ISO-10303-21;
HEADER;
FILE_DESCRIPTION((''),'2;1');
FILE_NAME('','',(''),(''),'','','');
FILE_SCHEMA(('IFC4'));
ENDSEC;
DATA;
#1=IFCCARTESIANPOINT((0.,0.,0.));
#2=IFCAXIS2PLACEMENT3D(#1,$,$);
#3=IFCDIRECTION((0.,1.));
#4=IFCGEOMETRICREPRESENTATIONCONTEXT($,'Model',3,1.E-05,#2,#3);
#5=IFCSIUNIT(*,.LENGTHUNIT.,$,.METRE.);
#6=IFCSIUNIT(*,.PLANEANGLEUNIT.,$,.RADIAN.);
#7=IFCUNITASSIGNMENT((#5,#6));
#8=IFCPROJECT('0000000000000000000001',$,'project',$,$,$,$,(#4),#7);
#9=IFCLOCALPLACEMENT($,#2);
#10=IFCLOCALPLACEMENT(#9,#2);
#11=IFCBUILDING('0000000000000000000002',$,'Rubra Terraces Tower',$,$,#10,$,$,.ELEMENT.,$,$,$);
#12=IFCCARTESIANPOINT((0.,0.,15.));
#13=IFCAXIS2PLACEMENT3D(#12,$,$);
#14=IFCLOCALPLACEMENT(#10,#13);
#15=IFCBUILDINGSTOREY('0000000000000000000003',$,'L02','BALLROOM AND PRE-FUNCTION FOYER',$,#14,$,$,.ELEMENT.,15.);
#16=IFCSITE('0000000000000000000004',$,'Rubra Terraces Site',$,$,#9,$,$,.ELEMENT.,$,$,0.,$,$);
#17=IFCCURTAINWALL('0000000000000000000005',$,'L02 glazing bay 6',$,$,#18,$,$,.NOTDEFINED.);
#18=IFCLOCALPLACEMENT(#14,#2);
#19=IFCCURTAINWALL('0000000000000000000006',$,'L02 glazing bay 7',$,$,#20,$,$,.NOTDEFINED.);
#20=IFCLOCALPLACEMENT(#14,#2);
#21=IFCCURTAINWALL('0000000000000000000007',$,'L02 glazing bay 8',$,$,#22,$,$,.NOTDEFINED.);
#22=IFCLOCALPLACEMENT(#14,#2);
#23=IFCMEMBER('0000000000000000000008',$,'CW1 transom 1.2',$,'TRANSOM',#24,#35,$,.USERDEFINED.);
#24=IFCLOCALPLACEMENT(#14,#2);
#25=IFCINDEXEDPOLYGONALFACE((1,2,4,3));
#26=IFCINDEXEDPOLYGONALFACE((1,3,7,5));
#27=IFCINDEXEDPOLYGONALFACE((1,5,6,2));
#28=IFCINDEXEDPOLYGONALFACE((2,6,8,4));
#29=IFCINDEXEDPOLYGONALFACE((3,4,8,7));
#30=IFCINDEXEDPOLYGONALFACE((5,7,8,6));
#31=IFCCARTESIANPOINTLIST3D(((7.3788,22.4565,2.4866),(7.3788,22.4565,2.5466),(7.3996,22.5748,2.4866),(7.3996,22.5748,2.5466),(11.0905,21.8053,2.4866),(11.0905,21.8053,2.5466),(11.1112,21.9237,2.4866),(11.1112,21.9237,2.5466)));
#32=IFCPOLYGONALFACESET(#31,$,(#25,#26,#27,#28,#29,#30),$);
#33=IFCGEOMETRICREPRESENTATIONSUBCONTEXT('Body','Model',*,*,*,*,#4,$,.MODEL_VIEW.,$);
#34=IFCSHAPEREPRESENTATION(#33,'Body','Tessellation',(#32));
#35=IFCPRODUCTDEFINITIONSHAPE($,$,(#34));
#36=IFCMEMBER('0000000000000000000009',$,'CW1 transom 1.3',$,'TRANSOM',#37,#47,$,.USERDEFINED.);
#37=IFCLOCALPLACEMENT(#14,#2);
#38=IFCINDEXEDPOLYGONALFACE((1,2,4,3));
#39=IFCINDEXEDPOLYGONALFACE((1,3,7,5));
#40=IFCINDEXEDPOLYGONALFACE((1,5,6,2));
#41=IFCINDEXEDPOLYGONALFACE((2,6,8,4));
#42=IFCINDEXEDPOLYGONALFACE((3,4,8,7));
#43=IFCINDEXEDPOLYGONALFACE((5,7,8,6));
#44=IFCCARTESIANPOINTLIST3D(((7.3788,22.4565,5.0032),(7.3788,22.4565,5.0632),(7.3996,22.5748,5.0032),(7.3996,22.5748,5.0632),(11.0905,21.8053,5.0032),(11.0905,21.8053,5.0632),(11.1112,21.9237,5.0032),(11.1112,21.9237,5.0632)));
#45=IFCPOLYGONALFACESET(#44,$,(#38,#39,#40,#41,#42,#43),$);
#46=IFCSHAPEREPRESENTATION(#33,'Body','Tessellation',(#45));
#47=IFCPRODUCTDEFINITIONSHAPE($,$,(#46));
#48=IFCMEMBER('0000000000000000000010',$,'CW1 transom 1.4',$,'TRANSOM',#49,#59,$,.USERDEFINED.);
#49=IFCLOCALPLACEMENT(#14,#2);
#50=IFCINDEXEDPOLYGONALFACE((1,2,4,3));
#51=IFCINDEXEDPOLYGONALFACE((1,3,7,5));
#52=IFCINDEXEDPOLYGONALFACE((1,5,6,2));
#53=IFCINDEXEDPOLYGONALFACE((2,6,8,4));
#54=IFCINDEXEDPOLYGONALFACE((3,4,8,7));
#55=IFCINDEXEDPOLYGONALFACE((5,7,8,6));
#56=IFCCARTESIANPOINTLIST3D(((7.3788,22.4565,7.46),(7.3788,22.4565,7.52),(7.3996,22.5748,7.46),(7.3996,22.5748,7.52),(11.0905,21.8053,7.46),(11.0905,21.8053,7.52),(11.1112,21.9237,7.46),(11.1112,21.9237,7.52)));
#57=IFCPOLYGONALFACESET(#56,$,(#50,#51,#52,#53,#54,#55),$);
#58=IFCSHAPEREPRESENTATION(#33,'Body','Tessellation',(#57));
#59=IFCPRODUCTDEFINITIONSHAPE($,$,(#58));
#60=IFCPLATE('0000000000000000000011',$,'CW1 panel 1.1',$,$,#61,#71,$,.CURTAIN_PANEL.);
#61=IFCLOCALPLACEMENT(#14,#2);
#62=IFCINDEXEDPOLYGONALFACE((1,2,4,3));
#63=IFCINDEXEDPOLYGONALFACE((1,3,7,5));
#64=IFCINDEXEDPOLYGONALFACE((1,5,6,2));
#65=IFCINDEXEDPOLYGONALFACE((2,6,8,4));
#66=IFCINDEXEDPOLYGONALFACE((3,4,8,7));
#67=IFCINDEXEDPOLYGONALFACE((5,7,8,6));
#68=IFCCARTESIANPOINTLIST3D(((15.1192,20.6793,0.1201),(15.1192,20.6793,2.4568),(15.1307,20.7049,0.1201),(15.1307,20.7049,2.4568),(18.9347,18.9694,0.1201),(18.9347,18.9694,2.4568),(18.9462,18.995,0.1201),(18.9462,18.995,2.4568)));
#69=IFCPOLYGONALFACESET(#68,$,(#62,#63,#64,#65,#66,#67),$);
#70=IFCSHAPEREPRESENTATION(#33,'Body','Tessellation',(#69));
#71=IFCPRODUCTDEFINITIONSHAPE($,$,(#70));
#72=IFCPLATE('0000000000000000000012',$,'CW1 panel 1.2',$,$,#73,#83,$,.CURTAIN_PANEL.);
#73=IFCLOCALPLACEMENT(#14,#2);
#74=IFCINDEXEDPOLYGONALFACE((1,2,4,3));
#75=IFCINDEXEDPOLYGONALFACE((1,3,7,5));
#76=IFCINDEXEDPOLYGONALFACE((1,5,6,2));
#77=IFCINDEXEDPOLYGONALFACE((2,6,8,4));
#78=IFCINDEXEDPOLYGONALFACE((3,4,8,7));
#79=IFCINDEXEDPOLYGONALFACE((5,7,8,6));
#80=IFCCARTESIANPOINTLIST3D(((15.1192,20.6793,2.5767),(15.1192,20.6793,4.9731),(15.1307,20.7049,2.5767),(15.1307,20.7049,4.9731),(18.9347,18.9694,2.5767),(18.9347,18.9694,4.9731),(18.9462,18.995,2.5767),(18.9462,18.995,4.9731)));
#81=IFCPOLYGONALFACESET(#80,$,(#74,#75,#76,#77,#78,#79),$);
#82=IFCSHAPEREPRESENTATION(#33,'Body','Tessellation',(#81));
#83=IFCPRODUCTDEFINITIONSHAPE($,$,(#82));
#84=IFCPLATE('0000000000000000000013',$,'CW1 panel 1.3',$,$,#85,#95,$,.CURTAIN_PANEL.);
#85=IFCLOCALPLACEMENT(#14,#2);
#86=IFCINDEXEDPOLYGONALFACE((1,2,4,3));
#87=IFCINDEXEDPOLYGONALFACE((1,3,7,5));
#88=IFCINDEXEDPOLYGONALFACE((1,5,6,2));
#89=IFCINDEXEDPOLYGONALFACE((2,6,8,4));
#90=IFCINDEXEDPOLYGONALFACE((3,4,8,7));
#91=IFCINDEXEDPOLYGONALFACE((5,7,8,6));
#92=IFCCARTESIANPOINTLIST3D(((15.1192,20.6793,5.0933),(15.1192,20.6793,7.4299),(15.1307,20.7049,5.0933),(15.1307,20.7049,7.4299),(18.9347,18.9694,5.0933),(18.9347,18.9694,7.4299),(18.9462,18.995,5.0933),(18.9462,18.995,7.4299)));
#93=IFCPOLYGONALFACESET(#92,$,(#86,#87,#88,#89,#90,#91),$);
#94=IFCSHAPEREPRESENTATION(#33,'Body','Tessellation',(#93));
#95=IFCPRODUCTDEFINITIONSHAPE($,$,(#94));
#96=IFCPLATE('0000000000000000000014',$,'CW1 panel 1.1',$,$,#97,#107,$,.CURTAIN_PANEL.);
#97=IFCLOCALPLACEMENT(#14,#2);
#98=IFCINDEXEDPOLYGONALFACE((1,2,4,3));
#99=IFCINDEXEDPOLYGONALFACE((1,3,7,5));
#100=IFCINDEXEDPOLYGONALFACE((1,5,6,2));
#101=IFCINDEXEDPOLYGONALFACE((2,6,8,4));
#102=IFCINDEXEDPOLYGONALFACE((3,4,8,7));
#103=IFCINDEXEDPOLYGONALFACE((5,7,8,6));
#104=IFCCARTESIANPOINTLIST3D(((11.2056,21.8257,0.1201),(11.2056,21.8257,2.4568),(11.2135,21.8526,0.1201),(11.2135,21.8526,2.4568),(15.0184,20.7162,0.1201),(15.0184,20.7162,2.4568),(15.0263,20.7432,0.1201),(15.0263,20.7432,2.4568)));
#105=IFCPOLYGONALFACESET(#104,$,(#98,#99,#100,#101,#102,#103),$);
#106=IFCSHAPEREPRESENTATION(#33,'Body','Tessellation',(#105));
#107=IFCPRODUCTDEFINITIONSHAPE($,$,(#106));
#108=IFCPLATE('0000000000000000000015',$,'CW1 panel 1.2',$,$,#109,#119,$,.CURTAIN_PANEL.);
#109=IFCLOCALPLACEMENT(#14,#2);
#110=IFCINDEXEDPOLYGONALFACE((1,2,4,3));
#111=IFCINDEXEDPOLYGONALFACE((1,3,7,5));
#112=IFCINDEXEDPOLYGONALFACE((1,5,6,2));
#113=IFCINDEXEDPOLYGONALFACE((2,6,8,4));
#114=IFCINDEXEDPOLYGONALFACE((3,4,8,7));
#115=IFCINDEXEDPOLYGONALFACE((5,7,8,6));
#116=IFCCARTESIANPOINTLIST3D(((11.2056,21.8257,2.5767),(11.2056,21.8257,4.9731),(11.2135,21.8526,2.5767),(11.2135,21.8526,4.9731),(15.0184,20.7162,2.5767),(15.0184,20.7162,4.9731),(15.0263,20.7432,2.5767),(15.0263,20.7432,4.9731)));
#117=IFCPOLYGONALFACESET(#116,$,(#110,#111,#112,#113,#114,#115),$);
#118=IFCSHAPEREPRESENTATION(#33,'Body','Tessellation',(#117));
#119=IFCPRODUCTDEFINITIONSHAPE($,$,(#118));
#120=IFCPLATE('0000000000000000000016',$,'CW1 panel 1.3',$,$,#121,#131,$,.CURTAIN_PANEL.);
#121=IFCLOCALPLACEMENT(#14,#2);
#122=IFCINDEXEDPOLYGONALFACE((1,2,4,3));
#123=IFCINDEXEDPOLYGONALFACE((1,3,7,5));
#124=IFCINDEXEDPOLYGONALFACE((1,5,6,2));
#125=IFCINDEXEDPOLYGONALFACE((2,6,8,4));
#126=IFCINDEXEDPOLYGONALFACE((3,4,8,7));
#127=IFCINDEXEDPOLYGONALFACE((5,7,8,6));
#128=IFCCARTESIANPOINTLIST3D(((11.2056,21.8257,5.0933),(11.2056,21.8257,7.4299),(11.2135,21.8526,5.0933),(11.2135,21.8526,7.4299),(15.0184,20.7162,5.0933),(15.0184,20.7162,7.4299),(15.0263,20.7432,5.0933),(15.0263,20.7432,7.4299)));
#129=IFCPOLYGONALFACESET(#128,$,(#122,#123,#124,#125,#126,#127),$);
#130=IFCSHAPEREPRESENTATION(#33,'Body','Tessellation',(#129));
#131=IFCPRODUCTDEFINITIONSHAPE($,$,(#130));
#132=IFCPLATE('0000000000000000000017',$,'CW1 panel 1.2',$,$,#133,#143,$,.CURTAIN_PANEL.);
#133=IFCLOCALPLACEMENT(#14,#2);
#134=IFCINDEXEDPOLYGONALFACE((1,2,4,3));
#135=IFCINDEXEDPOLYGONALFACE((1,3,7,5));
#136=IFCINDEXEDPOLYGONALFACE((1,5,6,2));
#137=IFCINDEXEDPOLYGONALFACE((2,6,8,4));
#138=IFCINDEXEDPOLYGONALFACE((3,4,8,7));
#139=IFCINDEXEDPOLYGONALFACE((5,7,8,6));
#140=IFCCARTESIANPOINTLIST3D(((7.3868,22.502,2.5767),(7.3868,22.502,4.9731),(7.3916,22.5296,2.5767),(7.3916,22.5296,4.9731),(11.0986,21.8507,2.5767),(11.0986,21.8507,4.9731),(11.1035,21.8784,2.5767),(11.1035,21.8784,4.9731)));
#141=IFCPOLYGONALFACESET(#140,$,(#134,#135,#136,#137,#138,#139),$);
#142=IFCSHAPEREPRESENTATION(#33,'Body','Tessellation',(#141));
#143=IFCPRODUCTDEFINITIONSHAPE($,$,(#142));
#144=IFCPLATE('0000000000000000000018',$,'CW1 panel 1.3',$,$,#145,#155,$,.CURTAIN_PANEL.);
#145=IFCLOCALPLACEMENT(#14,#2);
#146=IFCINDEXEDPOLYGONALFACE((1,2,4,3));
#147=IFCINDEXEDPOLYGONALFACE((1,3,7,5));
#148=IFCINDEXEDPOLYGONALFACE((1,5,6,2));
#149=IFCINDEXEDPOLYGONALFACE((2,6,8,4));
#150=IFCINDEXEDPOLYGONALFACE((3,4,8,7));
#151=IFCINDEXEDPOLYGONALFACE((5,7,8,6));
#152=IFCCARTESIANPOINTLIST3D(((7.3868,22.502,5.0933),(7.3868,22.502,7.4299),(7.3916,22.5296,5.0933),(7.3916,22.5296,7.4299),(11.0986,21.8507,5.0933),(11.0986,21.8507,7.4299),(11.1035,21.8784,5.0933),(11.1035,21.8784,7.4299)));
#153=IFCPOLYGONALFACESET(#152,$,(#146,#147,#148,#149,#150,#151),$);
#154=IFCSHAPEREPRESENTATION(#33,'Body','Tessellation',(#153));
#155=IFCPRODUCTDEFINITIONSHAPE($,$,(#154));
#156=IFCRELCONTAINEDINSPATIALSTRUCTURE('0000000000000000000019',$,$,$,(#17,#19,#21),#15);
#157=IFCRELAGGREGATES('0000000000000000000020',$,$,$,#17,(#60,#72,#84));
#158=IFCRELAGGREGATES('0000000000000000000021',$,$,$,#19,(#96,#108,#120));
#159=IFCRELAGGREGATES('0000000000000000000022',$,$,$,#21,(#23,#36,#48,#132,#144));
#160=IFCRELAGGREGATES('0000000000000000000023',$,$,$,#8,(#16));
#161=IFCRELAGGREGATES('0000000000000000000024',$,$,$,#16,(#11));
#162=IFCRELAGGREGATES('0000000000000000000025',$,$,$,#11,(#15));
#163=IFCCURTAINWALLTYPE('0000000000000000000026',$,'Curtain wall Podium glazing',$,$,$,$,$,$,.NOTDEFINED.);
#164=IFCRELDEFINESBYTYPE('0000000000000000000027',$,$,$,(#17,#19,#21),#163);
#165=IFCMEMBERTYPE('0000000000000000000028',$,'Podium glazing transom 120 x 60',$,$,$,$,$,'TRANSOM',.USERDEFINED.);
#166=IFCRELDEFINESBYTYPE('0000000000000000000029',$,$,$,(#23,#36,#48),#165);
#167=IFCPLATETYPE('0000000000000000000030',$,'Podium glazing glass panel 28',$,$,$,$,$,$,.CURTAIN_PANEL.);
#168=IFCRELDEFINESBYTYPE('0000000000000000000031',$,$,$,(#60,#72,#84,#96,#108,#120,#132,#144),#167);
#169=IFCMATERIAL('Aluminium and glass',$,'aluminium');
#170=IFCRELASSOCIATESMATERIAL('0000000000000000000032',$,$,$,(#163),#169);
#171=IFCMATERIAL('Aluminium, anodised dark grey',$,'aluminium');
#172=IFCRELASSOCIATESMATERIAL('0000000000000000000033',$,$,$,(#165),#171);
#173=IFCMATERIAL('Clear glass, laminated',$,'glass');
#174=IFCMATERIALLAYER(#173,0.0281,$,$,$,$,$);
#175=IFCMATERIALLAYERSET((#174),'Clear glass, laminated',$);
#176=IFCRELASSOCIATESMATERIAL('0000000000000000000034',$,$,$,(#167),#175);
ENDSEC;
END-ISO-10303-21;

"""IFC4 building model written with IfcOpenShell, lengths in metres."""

from ifc_helpers import new_model, si_unit, direction, frame, origin, origin_2d, place, context, subcontext, project, spatial, rectangle, extrude, material, layer, layer_set, material_profile, profile_set, type_object, element, aggregate, save


model = new_model("IFC4")

# Units and contexts
model_context = context("Model", 3, precision=1e-05, world=origin(), true_north=direction((0.0, 1.0)))
body_context = subcontext(model_context, "Body", "Model", "MODEL_VIEW")
ifc_project = project(units=[si_unit("LENGTHUNIT", "METRE"), si_unit("PLANEANGLEUNIT", "RADIAN")], contexts=[model_context])

# Site, building, storey
site_placement = place(None, origin())
site = spatial("IfcSite", under=ifc_project, at=site_placement, Name="Rubra Terraces Site", CompositionType="ELEMENT", RefElevation=0.0)
building_placement = place(site_placement, origin())
building = spatial("IfcBuilding", under=site, at=building_placement, Name="Rubra Terraces Tower", CompositionType="ELEMENT")
storey_placement = place(building_placement, frame((0.0, 0.0, 15.0)))
storey = spatial("IfcBuildingStorey", under=building, at=storey_placement, Name="L02", Description="BALLROOM AND PRE-FUNCTION FOYER", CompositionType="ELEMENT", Elevation=15.0)

# Curtain walls
ifc_material_1 = material(Name="Aluminium and glass", Category="aluminium")
curtain_wall_type = type_object("IfcCurtainWallType", Name="Curtain wall Podium glazing", PredefinedType="NOTDEFINED", material=ifc_material_1)
curtain_wall_1_placement = place(storey_placement, origin())
curtain_wall_1 = element("IfcCurtainWall", 1, at=curtain_wall_1_placement, inside=storey, type_object=curtain_wall_type, Name="L02 glazing bay 6", PredefinedType="NOTDEFINED")
ifc_material_2 = material(Name="Aluminium, anodised dark grey", Category="aluminium")
curtain_wall_2_placement = place(storey_placement, origin())
curtain_wall_2 = element("IfcCurtainWall", 2, at=curtain_wall_2_placement, inside=storey, type_object=curtain_wall_type, Name="L02 glazing bay 7", PredefinedType="NOTDEFINED")
curtain_wall_3_placement = place(storey_placement, origin())
curtain_wall_3 = element("IfcCurtainWall", 3, at=curtain_wall_3_placement, inside=storey, type_object=curtain_wall_type, Name="L02 glazing bay 8", PredefinedType="NOTDEFINED")

# Members
ifc_material_profile_1 = material_profile(ifc_material_2, rectangle(XDim=0.1201, YDim=0.0601, at=origin_2d()), Name="AL 120x60")
ifc_profile_set_1 = profile_set([ifc_material_profile_1], Name="Aluminium, anodised dark grey")
member_type_1 = type_object("IfcMemberType", Name="Podium glazing transom 120 x 60", ElementType="TRANSOM", PredefinedType="USERDEFINED", material=ifc_profile_set_1)
member_1_placement = place(storey_placement, frame((11.1008, 21.8645, 2.5166), z_axis=(-0.984959, 0.172787, 0.0), x_axis=(-0.172787, -0.984959, 0.0)))
member_1 = element("IfcMember", 4, at=member_1_placement, type_object=member_type_1, Name="CW1 transom 1.2", ObjectType="TRANSOM", PredefinedType="USERDEFINED", context=body_context, shape_type="SweptSolid", body=[
    extrude(rectangle(XDim=0.1201, YDim=0.0601, at=origin_2d()), origin(), (0.0, 0.0, 1.0), 3.7683),
])
member_2_placement = place(storey_placement, frame((11.1008, 21.8645, 5.0332), z_axis=(-0.984959, 0.172787, 0.0), x_axis=(-0.172787, -0.984959, 0.0)))
member_2 = element("IfcMember", 5, at=member_2_placement, type_object=member_type_1, Name="CW1 transom 1.3", ObjectType="TRANSOM", PredefinedType="USERDEFINED", context=body_context, shape_type="SweptSolid", body=[
    extrude(rectangle(XDim=0.1201, YDim=0.0601, at=origin_2d()), origin(), (0.0, 0.0, 1.0), 3.7683),
])
member_3_placement = place(storey_placement, frame((11.1008, 21.8645, 7.49), z_axis=(-0.984959, 0.172787, 0.0), x_axis=(-0.172787, -0.984959, 0.0)))
member_3 = element("IfcMember", 6, at=member_3_placement, type_object=member_type_1, Name="CW1 transom 1.4", ObjectType="TRANSOM", PredefinedType="USERDEFINED", context=body_context, shape_type="SweptSolid", body=[
    extrude(rectangle(XDim=0.1201, YDim=0.0601, at=origin_2d()), origin(), (0.0, 0.0, 1.0), 3.7683),
])

# Plates
ifc_material_3 = material(Name="Clear glass, laminated", Category="glass")
ifc_layer = layer(ifc_material_3, 0.0281)
ifc_layer_set = layer_set([ifc_layer], Name="Clear glass, laminated")
plate_type = type_object("IfcPlateType", Name="Podium glazing glass panel 28", PredefinedType="CURTAIN_PANEL", material=ifc_layer_set)
plate_1_placement = place(storey_placement, frame((17.0327, 19.8372, 0.1201), z_axis=(0.0, 0.0, 1.0), x_axis=(-0.912551, 0.408962, 0.0)))
plate_1 = element("IfcPlate", 7, at=plate_1_placement, type_object=plate_type, Name="CW1 panel 1.1", PredefinedType="CURTAIN_PANEL", context=body_context, shape_type="SweptSolid", body=[
    extrude(rectangle(XDim=4.1812, YDim=0.0281, at=origin_2d()), origin(), (0.0, 0.0, 1.0), 2.3367),
])
plate_2_placement = place(storey_placement, frame((17.0327, 19.8372, 2.5767), z_axis=(0.0, 0.0, 1.0), x_axis=(-0.912551, 0.408962, 0.0)))
plate_2 = element("IfcPlate", 8, at=plate_2_placement, type_object=plate_type, Name="CW1 panel 1.2", PredefinedType="CURTAIN_PANEL", context=body_context, shape_type="SweptSolid", body=[
    extrude(rectangle(XDim=4.1812, YDim=0.0281, at=origin_2d()), origin(), (0.0, 0.0, 1.0), 2.3965),
])
plate_3_placement = place(storey_placement, frame((17.0327, 19.8372, 5.0933), z_axis=(0.0, 0.0, 1.0), x_axis=(-0.912551, 0.408962, 0.0)))
plate_3 = element("IfcPlate", 9, at=plate_3_placement, type_object=plate_type, Name="CW1 panel 1.3", PredefinedType="CURTAIN_PANEL", context=body_context, shape_type="SweptSolid", body=[
    extrude(rectangle(XDim=4.1812, YDim=0.0281, at=origin_2d()), origin(), (0.0, 0.0, 1.0), 2.3367),
])
aggregate(curtain_wall_1, [plate_1, plate_2, plate_3])
plate_4_placement = place(storey_placement, frame((13.116, 21.2844, 0.1201), z_axis=(0.0, 0.0, 1.0), x_axis=(-0.960175, 0.279399, 0.0)))
plate_4 = element("IfcPlate", 10, at=plate_4_placement, type_object=plate_type, Name="CW1 panel 1.1", PredefinedType="CURTAIN_PANEL", context=body_context, shape_type="SweptSolid", body=[
    extrude(rectangle(XDim=3.9709, YDim=0.0281, at=origin_2d()), origin(), (0.0, 0.0, 1.0), 2.3367),
])
plate_5_placement = place(storey_placement, frame((13.116, 21.2844, 2.5767), z_axis=(0.0, 0.0, 1.0), x_axis=(-0.960175, 0.279399, 0.0)))
plate_5 = element("IfcPlate", 11, at=plate_5_placement, type_object=plate_type, Name="CW1 panel 1.2", PredefinedType="CURTAIN_PANEL", context=body_context, shape_type="SweptSolid", body=[
    extrude(rectangle(XDim=3.9709, YDim=0.0281, at=origin_2d()), origin(), (0.0, 0.0, 1.0), 2.3965),
])
plate_6_placement = place(storey_placement, frame((13.116, 21.2844, 5.0933), z_axis=(0.0, 0.0, 1.0), x_axis=(-0.960175, 0.279399, 0.0)))
plate_6 = element("IfcPlate", 12, at=plate_6_placement, type_object=plate_type, Name="CW1 panel 1.3", PredefinedType="CURTAIN_PANEL", context=body_context, shape_type="SweptSolid", body=[
    extrude(rectangle(XDim=3.9709, YDim=0.0281, at=origin_2d()), origin(), (0.0, 0.0, 1.0), 2.3367),
])
aggregate(curtain_wall_2, [plate_4, plate_5, plate_6])
plate_7_placement = place(storey_placement, frame((9.2451, 22.1902, 2.5767), z_axis=(0.0, 0.0, 1.0), x_axis=(-0.984954, 0.172817, 0.0)))
plate_7 = element("IfcPlate", 13, at=plate_7_placement, type_object=plate_type, Name="CW1 panel 1.2", PredefinedType="CURTAIN_PANEL", context=body_context, shape_type="SweptSolid", body=[
    extrude(rectangle(XDim=3.7686, YDim=0.0281, at=origin_2d()), origin(), (0.0, 0.0, 1.0), 2.3965),
])
plate_8_placement = place(storey_placement, frame((9.2451, 22.1902, 5.0933), z_axis=(0.0, 0.0, 1.0), x_axis=(-0.984954, 0.172817, 0.0)))
plate_8 = element("IfcPlate", 14, at=plate_8_placement, type_object=plate_type, Name="CW1 panel 1.3", PredefinedType="CURTAIN_PANEL", context=body_context, shape_type="SweptSolid", body=[
    extrude(rectangle(XDim=3.7686, YDim=0.0281, at=origin_2d()), origin(), (0.0, 0.0, 1.0), 2.3367),
])
aggregate(curtain_wall_3, [member_1, member_2, member_3, plate_7, plate_8])

save(model, "model.ifc")
